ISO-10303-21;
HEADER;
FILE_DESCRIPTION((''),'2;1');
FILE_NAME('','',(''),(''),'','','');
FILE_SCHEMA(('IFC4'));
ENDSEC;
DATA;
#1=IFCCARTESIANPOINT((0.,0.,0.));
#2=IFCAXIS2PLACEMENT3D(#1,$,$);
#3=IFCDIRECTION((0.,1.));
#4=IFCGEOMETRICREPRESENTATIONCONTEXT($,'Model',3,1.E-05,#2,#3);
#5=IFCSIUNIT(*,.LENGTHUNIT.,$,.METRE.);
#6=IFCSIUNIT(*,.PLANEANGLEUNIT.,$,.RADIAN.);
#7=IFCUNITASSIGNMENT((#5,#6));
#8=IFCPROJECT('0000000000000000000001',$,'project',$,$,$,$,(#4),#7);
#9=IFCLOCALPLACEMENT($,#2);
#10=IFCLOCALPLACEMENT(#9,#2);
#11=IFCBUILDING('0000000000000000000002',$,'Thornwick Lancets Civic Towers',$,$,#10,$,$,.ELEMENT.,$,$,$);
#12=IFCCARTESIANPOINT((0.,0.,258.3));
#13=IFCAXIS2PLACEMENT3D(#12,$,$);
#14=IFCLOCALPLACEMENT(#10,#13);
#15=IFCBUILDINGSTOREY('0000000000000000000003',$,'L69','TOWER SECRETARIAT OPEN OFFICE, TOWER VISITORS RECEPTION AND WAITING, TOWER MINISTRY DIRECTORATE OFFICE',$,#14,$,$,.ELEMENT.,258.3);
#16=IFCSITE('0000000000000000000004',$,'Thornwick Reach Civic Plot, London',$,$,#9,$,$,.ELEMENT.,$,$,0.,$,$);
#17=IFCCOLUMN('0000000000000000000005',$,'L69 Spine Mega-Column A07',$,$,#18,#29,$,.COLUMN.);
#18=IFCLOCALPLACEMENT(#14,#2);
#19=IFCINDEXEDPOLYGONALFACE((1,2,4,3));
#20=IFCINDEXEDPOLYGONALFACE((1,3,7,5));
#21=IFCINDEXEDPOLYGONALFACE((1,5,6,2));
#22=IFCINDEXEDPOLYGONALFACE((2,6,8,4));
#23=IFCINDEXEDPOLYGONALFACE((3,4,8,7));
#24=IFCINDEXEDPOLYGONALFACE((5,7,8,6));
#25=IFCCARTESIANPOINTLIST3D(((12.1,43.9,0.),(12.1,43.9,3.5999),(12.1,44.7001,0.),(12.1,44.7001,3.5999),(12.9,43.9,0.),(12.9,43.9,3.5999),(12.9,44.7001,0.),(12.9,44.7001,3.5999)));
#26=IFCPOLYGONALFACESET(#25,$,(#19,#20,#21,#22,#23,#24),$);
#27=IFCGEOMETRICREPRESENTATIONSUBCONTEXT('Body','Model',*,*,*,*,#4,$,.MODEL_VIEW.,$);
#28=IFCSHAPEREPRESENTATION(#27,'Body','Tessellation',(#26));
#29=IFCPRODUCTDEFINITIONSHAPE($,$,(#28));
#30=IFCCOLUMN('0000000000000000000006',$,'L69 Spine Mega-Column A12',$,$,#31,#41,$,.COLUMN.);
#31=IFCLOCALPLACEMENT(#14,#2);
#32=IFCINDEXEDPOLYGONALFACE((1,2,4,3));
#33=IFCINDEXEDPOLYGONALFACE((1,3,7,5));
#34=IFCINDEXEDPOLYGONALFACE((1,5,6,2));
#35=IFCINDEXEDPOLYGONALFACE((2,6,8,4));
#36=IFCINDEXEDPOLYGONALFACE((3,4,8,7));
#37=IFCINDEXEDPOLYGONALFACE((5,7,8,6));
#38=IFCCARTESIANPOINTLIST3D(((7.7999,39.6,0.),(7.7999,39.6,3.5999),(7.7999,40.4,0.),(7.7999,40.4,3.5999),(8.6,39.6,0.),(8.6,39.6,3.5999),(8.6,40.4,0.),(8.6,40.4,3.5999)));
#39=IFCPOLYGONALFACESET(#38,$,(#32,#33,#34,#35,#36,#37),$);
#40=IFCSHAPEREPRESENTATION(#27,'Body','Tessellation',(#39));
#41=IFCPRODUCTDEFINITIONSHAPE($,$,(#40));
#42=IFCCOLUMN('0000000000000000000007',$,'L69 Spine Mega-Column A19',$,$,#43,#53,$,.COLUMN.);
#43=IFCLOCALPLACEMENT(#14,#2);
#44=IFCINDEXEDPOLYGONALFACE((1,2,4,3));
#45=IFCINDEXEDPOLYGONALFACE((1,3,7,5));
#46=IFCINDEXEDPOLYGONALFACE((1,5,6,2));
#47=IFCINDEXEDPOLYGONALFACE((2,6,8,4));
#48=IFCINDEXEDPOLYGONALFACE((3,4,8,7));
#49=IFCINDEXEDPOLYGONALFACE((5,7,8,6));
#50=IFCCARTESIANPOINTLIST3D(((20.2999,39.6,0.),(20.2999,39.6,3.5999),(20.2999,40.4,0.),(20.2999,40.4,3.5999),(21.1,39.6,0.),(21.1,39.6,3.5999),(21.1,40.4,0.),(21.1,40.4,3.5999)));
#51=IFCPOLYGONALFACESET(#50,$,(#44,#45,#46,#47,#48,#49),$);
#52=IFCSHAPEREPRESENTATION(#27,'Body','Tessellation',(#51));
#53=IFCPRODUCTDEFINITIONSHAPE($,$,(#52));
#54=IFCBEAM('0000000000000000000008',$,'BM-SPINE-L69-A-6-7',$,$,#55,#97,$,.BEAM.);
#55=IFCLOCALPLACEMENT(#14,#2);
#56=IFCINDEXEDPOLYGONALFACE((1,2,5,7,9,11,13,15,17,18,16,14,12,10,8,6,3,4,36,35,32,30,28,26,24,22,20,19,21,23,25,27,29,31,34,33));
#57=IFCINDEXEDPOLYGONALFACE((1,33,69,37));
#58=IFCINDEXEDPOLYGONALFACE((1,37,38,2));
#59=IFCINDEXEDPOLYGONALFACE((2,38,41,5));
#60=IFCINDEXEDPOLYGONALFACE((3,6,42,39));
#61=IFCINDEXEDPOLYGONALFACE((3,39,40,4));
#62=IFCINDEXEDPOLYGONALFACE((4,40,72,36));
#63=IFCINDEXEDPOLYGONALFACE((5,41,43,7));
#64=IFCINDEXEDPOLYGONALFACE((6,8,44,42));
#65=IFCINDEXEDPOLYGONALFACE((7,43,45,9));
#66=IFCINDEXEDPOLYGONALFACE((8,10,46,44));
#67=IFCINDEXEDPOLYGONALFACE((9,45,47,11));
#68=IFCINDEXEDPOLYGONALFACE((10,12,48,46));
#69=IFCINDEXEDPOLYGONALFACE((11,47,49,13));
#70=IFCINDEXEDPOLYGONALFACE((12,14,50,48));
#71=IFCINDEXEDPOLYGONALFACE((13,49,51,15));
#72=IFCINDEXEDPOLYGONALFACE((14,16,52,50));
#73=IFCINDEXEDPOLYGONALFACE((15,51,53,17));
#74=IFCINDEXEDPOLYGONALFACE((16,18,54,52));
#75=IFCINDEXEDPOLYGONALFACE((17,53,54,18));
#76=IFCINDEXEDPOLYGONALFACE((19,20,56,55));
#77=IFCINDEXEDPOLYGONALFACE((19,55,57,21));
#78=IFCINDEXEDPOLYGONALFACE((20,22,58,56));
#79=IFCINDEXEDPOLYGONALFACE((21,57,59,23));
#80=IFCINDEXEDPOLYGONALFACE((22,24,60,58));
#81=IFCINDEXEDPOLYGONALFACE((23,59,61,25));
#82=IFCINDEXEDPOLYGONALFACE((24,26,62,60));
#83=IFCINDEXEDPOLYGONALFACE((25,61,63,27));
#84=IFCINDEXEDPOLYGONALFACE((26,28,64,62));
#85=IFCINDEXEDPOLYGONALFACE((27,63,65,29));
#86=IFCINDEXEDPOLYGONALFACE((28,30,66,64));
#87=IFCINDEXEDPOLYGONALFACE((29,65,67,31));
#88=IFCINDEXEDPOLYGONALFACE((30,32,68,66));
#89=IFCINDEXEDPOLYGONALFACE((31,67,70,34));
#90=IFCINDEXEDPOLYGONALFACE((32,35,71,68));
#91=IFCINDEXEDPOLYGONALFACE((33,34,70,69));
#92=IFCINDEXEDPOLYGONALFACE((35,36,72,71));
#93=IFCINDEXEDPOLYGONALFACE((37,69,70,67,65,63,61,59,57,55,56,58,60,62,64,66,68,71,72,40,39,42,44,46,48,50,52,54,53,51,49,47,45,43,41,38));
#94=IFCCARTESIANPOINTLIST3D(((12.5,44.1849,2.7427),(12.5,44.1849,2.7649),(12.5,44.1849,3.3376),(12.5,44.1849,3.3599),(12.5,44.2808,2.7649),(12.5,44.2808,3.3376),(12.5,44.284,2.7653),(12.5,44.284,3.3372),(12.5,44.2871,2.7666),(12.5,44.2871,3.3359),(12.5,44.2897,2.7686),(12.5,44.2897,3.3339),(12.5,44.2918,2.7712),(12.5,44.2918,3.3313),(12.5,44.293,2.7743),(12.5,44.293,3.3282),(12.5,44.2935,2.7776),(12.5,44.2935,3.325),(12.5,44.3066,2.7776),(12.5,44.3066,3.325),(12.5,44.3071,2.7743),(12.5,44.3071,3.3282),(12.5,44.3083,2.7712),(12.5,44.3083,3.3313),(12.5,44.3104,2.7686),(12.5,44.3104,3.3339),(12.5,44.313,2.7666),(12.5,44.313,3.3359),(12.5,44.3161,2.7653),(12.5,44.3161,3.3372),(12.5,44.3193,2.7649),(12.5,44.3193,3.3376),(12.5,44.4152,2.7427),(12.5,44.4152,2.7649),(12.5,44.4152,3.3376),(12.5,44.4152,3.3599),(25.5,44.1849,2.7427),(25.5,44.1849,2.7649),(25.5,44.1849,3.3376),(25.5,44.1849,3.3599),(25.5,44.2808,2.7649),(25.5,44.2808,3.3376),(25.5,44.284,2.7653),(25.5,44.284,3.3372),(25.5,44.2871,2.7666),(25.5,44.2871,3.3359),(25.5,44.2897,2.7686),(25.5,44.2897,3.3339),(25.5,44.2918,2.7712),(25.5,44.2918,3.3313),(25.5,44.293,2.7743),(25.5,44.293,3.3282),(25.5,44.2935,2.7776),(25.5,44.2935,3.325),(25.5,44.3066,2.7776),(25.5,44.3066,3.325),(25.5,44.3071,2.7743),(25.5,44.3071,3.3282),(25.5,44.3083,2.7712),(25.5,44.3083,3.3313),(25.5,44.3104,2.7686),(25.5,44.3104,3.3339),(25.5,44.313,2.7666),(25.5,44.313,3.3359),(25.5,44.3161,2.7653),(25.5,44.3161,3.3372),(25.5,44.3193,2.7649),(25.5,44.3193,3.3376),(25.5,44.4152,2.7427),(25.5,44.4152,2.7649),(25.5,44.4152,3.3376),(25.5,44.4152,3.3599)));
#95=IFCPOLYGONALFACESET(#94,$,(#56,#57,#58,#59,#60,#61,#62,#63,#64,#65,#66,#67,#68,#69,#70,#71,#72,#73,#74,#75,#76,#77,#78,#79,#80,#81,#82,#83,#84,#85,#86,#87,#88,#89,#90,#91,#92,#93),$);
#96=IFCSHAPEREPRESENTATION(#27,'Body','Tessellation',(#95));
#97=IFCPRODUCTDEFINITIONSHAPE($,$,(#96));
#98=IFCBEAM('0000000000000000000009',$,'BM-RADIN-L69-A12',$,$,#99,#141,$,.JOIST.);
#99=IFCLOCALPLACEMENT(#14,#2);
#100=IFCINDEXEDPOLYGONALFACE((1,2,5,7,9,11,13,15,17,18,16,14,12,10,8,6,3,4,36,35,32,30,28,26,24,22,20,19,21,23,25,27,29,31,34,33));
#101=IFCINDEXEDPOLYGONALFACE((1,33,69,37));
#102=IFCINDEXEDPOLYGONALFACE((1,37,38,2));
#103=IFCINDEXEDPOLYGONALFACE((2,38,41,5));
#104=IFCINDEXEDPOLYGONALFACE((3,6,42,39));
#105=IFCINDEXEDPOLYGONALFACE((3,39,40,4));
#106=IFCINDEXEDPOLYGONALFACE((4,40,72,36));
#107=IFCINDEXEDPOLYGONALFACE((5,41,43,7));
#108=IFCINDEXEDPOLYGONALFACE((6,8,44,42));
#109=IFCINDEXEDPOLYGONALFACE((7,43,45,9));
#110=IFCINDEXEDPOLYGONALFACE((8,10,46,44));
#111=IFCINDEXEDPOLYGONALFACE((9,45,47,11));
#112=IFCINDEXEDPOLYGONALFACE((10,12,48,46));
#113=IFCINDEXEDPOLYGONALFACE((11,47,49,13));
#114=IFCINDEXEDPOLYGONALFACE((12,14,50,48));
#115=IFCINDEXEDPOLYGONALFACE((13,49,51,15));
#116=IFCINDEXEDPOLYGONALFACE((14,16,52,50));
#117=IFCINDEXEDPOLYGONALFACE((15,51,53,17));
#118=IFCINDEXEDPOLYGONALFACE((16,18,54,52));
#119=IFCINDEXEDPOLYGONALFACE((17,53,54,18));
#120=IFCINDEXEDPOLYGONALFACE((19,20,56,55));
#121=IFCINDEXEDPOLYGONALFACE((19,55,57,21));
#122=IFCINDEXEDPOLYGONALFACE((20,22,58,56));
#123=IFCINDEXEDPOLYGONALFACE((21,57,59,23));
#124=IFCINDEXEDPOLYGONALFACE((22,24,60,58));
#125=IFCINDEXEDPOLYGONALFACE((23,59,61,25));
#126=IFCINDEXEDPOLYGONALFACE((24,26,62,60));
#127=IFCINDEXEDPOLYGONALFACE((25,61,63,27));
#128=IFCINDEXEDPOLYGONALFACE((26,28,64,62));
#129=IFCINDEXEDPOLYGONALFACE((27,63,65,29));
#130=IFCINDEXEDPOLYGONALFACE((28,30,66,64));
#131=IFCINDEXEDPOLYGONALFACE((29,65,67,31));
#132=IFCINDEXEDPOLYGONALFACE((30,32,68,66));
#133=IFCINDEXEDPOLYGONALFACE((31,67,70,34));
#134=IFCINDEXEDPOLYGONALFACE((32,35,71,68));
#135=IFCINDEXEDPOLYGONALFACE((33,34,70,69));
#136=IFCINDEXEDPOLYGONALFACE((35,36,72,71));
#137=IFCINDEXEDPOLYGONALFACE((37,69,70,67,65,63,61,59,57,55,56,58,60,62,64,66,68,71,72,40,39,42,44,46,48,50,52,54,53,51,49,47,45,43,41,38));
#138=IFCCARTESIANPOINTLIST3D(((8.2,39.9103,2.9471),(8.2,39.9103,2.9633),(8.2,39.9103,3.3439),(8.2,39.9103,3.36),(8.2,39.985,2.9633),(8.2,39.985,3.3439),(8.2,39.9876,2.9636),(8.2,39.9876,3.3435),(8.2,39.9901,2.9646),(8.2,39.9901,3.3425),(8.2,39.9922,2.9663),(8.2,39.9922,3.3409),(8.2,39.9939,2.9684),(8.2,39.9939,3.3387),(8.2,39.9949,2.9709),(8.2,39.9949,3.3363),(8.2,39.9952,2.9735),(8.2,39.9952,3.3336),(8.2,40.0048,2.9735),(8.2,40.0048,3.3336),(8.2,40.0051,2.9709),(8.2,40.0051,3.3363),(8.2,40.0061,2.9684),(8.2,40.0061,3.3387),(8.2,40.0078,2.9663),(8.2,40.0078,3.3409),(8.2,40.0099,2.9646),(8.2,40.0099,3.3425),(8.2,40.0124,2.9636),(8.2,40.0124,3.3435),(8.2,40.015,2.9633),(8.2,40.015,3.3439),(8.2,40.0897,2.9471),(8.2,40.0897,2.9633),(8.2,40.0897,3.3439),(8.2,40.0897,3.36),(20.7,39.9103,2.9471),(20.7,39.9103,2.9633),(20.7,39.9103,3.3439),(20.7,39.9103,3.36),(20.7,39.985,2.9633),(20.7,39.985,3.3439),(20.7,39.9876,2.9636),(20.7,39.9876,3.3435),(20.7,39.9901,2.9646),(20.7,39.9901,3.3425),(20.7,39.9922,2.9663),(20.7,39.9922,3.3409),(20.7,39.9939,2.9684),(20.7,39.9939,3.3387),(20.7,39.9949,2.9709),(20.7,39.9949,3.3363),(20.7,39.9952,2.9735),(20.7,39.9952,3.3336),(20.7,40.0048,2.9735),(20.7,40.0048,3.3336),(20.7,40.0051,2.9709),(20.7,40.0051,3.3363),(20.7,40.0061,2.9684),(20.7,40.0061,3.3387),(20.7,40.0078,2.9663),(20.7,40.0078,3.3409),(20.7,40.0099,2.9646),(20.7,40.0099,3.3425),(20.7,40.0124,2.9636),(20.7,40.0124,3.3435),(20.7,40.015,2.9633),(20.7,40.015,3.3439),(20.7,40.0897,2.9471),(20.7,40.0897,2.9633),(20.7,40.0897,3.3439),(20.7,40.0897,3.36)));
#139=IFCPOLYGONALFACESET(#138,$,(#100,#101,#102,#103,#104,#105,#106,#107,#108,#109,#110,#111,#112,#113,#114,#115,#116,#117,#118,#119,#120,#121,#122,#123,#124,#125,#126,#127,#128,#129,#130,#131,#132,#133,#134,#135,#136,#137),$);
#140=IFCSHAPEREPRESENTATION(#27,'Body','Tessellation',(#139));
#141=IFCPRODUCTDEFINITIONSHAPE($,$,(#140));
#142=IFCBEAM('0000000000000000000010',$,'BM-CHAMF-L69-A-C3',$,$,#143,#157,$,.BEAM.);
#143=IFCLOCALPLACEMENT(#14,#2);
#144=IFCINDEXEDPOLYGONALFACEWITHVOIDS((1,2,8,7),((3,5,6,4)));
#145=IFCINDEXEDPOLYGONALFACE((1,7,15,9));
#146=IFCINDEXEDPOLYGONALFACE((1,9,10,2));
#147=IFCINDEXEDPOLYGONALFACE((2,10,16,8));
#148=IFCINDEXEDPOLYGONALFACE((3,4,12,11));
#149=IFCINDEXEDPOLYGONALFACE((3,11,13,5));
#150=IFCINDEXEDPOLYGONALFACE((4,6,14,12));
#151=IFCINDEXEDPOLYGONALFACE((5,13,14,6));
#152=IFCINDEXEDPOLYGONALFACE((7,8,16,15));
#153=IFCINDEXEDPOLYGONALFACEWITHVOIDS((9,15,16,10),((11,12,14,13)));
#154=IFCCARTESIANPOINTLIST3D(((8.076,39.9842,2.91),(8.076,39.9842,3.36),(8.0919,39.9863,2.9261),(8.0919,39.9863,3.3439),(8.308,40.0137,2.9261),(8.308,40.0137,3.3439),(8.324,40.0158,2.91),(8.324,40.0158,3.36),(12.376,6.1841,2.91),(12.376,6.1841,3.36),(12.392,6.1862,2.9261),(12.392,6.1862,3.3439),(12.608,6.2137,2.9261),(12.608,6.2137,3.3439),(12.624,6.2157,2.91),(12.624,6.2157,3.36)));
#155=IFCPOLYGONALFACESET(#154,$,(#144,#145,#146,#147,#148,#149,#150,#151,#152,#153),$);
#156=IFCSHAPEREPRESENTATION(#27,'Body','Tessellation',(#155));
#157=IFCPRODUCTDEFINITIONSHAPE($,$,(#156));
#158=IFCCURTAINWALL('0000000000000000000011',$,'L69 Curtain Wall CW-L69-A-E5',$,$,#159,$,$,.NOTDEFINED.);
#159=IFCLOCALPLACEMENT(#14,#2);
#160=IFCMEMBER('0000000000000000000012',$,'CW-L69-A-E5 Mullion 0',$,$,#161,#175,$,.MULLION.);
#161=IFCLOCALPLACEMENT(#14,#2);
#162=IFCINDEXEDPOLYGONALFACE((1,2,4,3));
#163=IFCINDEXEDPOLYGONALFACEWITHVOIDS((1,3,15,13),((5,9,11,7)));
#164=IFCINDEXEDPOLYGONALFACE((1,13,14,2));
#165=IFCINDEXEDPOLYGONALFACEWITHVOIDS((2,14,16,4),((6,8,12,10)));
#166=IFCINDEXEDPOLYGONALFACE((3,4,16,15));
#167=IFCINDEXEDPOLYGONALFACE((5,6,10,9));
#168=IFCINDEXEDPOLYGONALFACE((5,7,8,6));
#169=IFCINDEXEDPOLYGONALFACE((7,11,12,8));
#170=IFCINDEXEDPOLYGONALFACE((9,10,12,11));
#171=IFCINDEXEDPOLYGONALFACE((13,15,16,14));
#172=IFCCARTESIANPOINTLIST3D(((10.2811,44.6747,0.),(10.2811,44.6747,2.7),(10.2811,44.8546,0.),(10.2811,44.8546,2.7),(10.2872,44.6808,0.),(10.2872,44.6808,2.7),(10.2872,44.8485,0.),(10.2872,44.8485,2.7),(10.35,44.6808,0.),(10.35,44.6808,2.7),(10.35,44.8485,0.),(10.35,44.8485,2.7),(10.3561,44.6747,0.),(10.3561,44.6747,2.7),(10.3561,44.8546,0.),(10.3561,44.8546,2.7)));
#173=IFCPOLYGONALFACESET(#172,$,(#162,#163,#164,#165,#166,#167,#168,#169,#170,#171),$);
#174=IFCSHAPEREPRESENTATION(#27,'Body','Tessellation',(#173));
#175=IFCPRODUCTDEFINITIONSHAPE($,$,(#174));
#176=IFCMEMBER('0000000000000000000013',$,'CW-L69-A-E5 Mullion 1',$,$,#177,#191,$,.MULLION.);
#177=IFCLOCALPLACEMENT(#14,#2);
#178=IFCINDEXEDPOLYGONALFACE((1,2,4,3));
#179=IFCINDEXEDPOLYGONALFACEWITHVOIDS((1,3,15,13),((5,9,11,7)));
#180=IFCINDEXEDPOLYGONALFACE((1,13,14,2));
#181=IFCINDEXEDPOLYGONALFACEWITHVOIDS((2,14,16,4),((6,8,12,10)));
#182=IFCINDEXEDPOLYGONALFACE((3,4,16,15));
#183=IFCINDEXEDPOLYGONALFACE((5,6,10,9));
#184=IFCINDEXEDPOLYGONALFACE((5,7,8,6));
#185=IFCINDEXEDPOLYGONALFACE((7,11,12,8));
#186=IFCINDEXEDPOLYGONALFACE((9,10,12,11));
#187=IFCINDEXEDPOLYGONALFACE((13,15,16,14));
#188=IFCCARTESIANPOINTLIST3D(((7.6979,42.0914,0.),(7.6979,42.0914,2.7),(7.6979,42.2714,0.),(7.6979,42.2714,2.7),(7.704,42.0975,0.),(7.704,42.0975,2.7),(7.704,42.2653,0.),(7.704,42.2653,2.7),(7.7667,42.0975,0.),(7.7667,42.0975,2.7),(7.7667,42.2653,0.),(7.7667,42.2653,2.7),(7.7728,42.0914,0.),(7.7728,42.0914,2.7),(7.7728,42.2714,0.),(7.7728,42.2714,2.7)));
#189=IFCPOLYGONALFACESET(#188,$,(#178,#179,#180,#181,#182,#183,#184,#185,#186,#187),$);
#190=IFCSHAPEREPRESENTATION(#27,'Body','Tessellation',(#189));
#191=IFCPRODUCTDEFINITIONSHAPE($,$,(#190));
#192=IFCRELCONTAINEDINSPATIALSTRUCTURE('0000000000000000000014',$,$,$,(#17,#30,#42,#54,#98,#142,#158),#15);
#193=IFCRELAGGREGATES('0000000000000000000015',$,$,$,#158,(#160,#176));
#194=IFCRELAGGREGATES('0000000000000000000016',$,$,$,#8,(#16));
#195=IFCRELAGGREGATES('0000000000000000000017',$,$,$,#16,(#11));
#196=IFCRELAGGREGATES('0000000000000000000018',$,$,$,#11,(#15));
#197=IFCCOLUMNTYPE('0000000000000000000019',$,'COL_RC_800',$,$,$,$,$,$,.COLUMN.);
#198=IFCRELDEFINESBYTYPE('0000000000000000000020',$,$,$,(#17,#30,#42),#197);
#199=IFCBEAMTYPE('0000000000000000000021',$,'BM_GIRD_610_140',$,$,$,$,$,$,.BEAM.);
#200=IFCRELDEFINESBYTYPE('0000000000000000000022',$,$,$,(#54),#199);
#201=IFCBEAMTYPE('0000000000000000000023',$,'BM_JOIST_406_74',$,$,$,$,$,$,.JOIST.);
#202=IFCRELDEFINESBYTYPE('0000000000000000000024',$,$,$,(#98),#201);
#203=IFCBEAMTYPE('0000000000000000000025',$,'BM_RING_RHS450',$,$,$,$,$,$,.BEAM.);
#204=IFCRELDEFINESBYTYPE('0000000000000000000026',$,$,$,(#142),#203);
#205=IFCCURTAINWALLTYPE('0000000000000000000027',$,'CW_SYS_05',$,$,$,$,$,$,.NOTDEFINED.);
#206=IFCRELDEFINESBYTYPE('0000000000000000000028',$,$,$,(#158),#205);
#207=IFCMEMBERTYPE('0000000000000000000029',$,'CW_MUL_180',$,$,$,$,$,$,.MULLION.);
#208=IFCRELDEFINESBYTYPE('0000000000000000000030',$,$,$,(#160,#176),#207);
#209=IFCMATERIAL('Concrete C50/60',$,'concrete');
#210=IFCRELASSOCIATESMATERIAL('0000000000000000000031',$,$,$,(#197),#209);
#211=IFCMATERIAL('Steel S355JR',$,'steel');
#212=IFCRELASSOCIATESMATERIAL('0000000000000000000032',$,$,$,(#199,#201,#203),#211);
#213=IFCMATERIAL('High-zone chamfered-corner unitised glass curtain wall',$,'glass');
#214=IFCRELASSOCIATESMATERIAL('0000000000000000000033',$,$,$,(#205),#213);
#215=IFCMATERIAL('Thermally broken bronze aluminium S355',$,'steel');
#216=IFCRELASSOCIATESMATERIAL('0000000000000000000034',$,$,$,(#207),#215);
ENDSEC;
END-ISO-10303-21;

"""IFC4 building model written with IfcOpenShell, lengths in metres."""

from ifc_helpers import new_model, si_unit, direction, frame, origin, origin_2d, place, context, subcontext, project, spatial, rectangle, hollow_rectangle, i_section, extrude, material, material_profile, profile_set, type_object, element, aggregate, save


model = new_model("IFC4")

# Units and contexts
model_context = context("Model", 3, precision=1e-05, world=origin(), true_north=direction((0.0, 1.0)))
body_context = subcontext(model_context, "Body", "Model", "MODEL_VIEW")
ifc_project = project(units=[si_unit("LENGTHUNIT", "METRE"), si_unit("PLANEANGLEUNIT", "RADIAN")], contexts=[model_context])

# Site, building, storey
site_placement = place(None, origin())
site = spatial("IfcSite", under=ifc_project, at=site_placement, Name="Thornwick Reach Civic Plot, London", CompositionType="ELEMENT", RefElevation=0.0)
building_placement = place(site_placement, origin())
building = spatial("IfcBuilding", under=site, at=building_placement, Name="Thornwick Lancets Civic Towers", CompositionType="ELEMENT")
storey_placement = place(building_placement, frame((0.0, 0.0, 258.3)))
storey = spatial("IfcBuildingStorey", under=building, at=storey_placement, Name="L69", Description="TOWER SECRETARIAT OPEN OFFICE, TOWER VISITORS RECEPTION AND WAITING, TOWER MINISTRY DIRECTORATE OFFICE", CompositionType="ELEMENT", Elevation=258.3)

# Columns
ifc_material_1 = material(Name="Concrete C50/60", Category="concrete")
ifc_material_profile_1 = material_profile(ifc_material_1, rectangle(XDim=0.8, YDim=0.8, at=origin_2d()), Name="RC 800x800")
ifc_profile_set_1 = profile_set([ifc_material_profile_1], Name="Concrete C50/60")
column_type = type_object("IfcColumnType", Name="COL_RC_800", PredefinedType="COLUMN", material=ifc_profile_set_1)
for number, where, z_axis, x_axis, name in (
    (1, (12.5, 44.3, 0.0), (0.0, 0.0, 1.0), (1.0, 0.0, 0.0), "L69 Spine Mega-Column A07"),
    (2, (8.2, 40.0, 0.0), (0.0, 0.0, 1.0), (1.0, 0.0, 0.0), "L69 Spine Mega-Column A12"),
    (3, (20.7, 40.0, 0.0), (0.0, 0.0, 1.0), (1.0, 0.0, 0.0), "L69 Spine Mega-Column A19"),
):
    element("IfcColumn", number, at=place(storey_placement, frame(where, z_axis=z_axis, x_axis=x_axis)), inside=storey, type_object=column_type, Name=name, PredefinedType="COLUMN", context=body_context, shape_type="SweptSolid", body=[
        extrude(rectangle(XDim=0.8, YDim=0.8, at=origin_2d()), origin(), (0.0, 0.0, 1.0), 3.5999),
    ])

# Beams
ifc_material_2 = material(Name="Steel S355JR", Category="steel")
ifc_material_profile_2 = material_profile(ifc_material_2, i_section(OverallWidth=0.2302, OverallDepth=0.6172, WebThickness=0.0132, FlangeThickness=0.0222, FilletRadius=0.0127, at=origin_2d()), Name="UKB 610x229x140")
ifc_profile_set_2 = profile_set([ifc_material_profile_2], Name="Steel S355JR")
beam_type_1 = type_object("IfcBeamType", Name="BM_GIRD_610_140", PredefinedType="BEAM", material=ifc_profile_set_2)
beam_1_placement = place(storey_placement, frame((12.5, 44.3, 3.0513), z_axis=(1.0, 0.0, 0.0), x_axis=(0.0, 1.0, 0.0)))
element("IfcBeam", 4, at=beam_1_placement, inside=storey, type_object=beam_type_1, Name="BM-SPINE-L69-A-6-7", PredefinedType="BEAM", context=body_context, shape_type="SweptSolid", body=[
    extrude(i_section(OverallWidth=0.2302, OverallDepth=0.6172, WebThickness=0.0132, FlangeThickness=0.0222, FilletRadius=0.0127, at=origin_2d()), origin(), (0.0, 0.0, 1.0), 13.0),
])
ifc_material_profile_3 = material_profile(ifc_material_2, i_section(OverallWidth=0.1794, OverallDepth=0.4128, WebThickness=0.0095, FlangeThickness=0.0161, FilletRadius=0.0103, at=origin_2d()), Name="UKB 406x178x74")
ifc_profile_set_3 = profile_set([ifc_material_profile_3], Name="Steel S355JR")
beam_type_2 = type_object("IfcBeamType", Name="BM_JOIST_406_74", PredefinedType="JOIST", material=ifc_profile_set_3)
beam_2_placement = place(storey_placement, frame((20.7, 40.0, 3.1536), z_axis=(-1.0, 0.0, 0.0), x_axis=(0.0, -1.0, 0.0)))
element("IfcBeam", 5, at=beam_2_placement, inside=storey, type_object=beam_type_2, Name="BM-RADIN-L69-A12", PredefinedType="JOIST", context=body_context, shape_type="SweptSolid", body=[
    extrude(i_section(OverallWidth=0.1794, OverallDepth=0.4128, WebThickness=0.0095, FlangeThickness=0.0161, FilletRadius=0.0103, at=origin_2d()), origin(), (0.0, 0.0, 1.0), 12.5),
])
ifc_material_profile_4 = material_profile(ifc_material_2, hollow_rectangle(XDim=0.25, YDim=0.45, WallThickness=0.0161, at=origin_2d()), Name="RHS 450x250x16")
ifc_profile_set_4 = profile_set([ifc_material_profile_4], Name="Steel S355JR")
beam_type_3 = type_object("IfcBeamType", Name="BM_RING_RHS450", PredefinedType="BEAM", material=ifc_profile_set_4)
beam_3_placement = place(storey_placement, frame((8.2, 40.0, 3.135), z_axis=(0.126203, -0.992004, 0.0), x_axis=(0.992004, 0.126203, 0.0)))
element("IfcBeam", 6, at=beam_3_placement, inside=storey, type_object=beam_type_3, Name="BM-CHAMF-L69-A-C3", PredefinedType="BEAM", context=body_context, shape_type="SweptSolid", body=[
    extrude(hollow_rectangle(XDim=0.25, YDim=0.45, WallThickness=0.0161, at=origin_2d()), origin(), (0.0, 0.0, 1.0), 34.0725),
])

# Curtain wall, members
ifc_material_3 = material(Name="High-zone chamfered-corner unitised glass curtain wall", Category="glass")
curtain_wall_type = type_object("IfcCurtainWallType", Name="CW_SYS_05", PredefinedType="NOTDEFINED", material=ifc_material_3)
curtain_wall_placement = place(storey_placement, origin())
curtain_wall = element("IfcCurtainWall", 7, at=curtain_wall_placement, inside=storey, type_object=curtain_wall_type, Name="L69 Curtain Wall CW-L69-A-E5", PredefinedType="NOTDEFINED")
ifc_material_4 = material(Name="Thermally broken bronze aluminium S355", Category="steel")
ifc_material_profile_5 = material_profile(ifc_material_4, hollow_rectangle(XDim=0.075, YDim=0.1799, WallThickness=0.0061, at=origin_2d()), Name="RHS 180x75x6")
ifc_profile_set_5 = profile_set([ifc_material_profile_5], Name="Thermally broken bronze aluminium S355")
member_type_1 = type_object("IfcMemberType", Name="CW_MUL_180", PredefinedType="MULLION", material=ifc_profile_set_5)
member_1_placement = place(storey_placement, frame((10.3186, 44.7646, 0.0), z_axis=(0.0, 0.0, 1.0), x_axis=(1.0, 0.0, 0.0)))
member_1 = element("IfcMember", 8, at=member_1_placement, type_object=member_type_1, Name="CW-L69-A-E5 Mullion 0", PredefinedType="MULLION", context=body_context, shape_type="SweptSolid", body=[
    extrude(hollow_rectangle(XDim=0.075, YDim=0.1799, WallThickness=0.0061, at=origin_2d()), origin(), (0.0, 0.0, 1.0), 2.7),
])
member_2_placement = place(storey_placement, frame((7.7354, 42.1814, 0.0), z_axis=(0.0, 0.0, 1.0), x_axis=(1.0, 0.0, 0.0)))
member_2 = element("IfcMember", 9, at=member_2_placement, type_object=member_type_1, Name="CW-L69-A-E5 Mullion 1", PredefinedType="MULLION", context=body_context, shape_type="SweptSolid", body=[
    extrude(hollow_rectangle(XDim=0.075, YDim=0.1799, WallThickness=0.0061, at=origin_2d()), origin(), (0.0, 0.0, 1.0), 2.7),
])
aggregate(curtain_wall, [member_1, member_2])

save(model, "model.ifc")
